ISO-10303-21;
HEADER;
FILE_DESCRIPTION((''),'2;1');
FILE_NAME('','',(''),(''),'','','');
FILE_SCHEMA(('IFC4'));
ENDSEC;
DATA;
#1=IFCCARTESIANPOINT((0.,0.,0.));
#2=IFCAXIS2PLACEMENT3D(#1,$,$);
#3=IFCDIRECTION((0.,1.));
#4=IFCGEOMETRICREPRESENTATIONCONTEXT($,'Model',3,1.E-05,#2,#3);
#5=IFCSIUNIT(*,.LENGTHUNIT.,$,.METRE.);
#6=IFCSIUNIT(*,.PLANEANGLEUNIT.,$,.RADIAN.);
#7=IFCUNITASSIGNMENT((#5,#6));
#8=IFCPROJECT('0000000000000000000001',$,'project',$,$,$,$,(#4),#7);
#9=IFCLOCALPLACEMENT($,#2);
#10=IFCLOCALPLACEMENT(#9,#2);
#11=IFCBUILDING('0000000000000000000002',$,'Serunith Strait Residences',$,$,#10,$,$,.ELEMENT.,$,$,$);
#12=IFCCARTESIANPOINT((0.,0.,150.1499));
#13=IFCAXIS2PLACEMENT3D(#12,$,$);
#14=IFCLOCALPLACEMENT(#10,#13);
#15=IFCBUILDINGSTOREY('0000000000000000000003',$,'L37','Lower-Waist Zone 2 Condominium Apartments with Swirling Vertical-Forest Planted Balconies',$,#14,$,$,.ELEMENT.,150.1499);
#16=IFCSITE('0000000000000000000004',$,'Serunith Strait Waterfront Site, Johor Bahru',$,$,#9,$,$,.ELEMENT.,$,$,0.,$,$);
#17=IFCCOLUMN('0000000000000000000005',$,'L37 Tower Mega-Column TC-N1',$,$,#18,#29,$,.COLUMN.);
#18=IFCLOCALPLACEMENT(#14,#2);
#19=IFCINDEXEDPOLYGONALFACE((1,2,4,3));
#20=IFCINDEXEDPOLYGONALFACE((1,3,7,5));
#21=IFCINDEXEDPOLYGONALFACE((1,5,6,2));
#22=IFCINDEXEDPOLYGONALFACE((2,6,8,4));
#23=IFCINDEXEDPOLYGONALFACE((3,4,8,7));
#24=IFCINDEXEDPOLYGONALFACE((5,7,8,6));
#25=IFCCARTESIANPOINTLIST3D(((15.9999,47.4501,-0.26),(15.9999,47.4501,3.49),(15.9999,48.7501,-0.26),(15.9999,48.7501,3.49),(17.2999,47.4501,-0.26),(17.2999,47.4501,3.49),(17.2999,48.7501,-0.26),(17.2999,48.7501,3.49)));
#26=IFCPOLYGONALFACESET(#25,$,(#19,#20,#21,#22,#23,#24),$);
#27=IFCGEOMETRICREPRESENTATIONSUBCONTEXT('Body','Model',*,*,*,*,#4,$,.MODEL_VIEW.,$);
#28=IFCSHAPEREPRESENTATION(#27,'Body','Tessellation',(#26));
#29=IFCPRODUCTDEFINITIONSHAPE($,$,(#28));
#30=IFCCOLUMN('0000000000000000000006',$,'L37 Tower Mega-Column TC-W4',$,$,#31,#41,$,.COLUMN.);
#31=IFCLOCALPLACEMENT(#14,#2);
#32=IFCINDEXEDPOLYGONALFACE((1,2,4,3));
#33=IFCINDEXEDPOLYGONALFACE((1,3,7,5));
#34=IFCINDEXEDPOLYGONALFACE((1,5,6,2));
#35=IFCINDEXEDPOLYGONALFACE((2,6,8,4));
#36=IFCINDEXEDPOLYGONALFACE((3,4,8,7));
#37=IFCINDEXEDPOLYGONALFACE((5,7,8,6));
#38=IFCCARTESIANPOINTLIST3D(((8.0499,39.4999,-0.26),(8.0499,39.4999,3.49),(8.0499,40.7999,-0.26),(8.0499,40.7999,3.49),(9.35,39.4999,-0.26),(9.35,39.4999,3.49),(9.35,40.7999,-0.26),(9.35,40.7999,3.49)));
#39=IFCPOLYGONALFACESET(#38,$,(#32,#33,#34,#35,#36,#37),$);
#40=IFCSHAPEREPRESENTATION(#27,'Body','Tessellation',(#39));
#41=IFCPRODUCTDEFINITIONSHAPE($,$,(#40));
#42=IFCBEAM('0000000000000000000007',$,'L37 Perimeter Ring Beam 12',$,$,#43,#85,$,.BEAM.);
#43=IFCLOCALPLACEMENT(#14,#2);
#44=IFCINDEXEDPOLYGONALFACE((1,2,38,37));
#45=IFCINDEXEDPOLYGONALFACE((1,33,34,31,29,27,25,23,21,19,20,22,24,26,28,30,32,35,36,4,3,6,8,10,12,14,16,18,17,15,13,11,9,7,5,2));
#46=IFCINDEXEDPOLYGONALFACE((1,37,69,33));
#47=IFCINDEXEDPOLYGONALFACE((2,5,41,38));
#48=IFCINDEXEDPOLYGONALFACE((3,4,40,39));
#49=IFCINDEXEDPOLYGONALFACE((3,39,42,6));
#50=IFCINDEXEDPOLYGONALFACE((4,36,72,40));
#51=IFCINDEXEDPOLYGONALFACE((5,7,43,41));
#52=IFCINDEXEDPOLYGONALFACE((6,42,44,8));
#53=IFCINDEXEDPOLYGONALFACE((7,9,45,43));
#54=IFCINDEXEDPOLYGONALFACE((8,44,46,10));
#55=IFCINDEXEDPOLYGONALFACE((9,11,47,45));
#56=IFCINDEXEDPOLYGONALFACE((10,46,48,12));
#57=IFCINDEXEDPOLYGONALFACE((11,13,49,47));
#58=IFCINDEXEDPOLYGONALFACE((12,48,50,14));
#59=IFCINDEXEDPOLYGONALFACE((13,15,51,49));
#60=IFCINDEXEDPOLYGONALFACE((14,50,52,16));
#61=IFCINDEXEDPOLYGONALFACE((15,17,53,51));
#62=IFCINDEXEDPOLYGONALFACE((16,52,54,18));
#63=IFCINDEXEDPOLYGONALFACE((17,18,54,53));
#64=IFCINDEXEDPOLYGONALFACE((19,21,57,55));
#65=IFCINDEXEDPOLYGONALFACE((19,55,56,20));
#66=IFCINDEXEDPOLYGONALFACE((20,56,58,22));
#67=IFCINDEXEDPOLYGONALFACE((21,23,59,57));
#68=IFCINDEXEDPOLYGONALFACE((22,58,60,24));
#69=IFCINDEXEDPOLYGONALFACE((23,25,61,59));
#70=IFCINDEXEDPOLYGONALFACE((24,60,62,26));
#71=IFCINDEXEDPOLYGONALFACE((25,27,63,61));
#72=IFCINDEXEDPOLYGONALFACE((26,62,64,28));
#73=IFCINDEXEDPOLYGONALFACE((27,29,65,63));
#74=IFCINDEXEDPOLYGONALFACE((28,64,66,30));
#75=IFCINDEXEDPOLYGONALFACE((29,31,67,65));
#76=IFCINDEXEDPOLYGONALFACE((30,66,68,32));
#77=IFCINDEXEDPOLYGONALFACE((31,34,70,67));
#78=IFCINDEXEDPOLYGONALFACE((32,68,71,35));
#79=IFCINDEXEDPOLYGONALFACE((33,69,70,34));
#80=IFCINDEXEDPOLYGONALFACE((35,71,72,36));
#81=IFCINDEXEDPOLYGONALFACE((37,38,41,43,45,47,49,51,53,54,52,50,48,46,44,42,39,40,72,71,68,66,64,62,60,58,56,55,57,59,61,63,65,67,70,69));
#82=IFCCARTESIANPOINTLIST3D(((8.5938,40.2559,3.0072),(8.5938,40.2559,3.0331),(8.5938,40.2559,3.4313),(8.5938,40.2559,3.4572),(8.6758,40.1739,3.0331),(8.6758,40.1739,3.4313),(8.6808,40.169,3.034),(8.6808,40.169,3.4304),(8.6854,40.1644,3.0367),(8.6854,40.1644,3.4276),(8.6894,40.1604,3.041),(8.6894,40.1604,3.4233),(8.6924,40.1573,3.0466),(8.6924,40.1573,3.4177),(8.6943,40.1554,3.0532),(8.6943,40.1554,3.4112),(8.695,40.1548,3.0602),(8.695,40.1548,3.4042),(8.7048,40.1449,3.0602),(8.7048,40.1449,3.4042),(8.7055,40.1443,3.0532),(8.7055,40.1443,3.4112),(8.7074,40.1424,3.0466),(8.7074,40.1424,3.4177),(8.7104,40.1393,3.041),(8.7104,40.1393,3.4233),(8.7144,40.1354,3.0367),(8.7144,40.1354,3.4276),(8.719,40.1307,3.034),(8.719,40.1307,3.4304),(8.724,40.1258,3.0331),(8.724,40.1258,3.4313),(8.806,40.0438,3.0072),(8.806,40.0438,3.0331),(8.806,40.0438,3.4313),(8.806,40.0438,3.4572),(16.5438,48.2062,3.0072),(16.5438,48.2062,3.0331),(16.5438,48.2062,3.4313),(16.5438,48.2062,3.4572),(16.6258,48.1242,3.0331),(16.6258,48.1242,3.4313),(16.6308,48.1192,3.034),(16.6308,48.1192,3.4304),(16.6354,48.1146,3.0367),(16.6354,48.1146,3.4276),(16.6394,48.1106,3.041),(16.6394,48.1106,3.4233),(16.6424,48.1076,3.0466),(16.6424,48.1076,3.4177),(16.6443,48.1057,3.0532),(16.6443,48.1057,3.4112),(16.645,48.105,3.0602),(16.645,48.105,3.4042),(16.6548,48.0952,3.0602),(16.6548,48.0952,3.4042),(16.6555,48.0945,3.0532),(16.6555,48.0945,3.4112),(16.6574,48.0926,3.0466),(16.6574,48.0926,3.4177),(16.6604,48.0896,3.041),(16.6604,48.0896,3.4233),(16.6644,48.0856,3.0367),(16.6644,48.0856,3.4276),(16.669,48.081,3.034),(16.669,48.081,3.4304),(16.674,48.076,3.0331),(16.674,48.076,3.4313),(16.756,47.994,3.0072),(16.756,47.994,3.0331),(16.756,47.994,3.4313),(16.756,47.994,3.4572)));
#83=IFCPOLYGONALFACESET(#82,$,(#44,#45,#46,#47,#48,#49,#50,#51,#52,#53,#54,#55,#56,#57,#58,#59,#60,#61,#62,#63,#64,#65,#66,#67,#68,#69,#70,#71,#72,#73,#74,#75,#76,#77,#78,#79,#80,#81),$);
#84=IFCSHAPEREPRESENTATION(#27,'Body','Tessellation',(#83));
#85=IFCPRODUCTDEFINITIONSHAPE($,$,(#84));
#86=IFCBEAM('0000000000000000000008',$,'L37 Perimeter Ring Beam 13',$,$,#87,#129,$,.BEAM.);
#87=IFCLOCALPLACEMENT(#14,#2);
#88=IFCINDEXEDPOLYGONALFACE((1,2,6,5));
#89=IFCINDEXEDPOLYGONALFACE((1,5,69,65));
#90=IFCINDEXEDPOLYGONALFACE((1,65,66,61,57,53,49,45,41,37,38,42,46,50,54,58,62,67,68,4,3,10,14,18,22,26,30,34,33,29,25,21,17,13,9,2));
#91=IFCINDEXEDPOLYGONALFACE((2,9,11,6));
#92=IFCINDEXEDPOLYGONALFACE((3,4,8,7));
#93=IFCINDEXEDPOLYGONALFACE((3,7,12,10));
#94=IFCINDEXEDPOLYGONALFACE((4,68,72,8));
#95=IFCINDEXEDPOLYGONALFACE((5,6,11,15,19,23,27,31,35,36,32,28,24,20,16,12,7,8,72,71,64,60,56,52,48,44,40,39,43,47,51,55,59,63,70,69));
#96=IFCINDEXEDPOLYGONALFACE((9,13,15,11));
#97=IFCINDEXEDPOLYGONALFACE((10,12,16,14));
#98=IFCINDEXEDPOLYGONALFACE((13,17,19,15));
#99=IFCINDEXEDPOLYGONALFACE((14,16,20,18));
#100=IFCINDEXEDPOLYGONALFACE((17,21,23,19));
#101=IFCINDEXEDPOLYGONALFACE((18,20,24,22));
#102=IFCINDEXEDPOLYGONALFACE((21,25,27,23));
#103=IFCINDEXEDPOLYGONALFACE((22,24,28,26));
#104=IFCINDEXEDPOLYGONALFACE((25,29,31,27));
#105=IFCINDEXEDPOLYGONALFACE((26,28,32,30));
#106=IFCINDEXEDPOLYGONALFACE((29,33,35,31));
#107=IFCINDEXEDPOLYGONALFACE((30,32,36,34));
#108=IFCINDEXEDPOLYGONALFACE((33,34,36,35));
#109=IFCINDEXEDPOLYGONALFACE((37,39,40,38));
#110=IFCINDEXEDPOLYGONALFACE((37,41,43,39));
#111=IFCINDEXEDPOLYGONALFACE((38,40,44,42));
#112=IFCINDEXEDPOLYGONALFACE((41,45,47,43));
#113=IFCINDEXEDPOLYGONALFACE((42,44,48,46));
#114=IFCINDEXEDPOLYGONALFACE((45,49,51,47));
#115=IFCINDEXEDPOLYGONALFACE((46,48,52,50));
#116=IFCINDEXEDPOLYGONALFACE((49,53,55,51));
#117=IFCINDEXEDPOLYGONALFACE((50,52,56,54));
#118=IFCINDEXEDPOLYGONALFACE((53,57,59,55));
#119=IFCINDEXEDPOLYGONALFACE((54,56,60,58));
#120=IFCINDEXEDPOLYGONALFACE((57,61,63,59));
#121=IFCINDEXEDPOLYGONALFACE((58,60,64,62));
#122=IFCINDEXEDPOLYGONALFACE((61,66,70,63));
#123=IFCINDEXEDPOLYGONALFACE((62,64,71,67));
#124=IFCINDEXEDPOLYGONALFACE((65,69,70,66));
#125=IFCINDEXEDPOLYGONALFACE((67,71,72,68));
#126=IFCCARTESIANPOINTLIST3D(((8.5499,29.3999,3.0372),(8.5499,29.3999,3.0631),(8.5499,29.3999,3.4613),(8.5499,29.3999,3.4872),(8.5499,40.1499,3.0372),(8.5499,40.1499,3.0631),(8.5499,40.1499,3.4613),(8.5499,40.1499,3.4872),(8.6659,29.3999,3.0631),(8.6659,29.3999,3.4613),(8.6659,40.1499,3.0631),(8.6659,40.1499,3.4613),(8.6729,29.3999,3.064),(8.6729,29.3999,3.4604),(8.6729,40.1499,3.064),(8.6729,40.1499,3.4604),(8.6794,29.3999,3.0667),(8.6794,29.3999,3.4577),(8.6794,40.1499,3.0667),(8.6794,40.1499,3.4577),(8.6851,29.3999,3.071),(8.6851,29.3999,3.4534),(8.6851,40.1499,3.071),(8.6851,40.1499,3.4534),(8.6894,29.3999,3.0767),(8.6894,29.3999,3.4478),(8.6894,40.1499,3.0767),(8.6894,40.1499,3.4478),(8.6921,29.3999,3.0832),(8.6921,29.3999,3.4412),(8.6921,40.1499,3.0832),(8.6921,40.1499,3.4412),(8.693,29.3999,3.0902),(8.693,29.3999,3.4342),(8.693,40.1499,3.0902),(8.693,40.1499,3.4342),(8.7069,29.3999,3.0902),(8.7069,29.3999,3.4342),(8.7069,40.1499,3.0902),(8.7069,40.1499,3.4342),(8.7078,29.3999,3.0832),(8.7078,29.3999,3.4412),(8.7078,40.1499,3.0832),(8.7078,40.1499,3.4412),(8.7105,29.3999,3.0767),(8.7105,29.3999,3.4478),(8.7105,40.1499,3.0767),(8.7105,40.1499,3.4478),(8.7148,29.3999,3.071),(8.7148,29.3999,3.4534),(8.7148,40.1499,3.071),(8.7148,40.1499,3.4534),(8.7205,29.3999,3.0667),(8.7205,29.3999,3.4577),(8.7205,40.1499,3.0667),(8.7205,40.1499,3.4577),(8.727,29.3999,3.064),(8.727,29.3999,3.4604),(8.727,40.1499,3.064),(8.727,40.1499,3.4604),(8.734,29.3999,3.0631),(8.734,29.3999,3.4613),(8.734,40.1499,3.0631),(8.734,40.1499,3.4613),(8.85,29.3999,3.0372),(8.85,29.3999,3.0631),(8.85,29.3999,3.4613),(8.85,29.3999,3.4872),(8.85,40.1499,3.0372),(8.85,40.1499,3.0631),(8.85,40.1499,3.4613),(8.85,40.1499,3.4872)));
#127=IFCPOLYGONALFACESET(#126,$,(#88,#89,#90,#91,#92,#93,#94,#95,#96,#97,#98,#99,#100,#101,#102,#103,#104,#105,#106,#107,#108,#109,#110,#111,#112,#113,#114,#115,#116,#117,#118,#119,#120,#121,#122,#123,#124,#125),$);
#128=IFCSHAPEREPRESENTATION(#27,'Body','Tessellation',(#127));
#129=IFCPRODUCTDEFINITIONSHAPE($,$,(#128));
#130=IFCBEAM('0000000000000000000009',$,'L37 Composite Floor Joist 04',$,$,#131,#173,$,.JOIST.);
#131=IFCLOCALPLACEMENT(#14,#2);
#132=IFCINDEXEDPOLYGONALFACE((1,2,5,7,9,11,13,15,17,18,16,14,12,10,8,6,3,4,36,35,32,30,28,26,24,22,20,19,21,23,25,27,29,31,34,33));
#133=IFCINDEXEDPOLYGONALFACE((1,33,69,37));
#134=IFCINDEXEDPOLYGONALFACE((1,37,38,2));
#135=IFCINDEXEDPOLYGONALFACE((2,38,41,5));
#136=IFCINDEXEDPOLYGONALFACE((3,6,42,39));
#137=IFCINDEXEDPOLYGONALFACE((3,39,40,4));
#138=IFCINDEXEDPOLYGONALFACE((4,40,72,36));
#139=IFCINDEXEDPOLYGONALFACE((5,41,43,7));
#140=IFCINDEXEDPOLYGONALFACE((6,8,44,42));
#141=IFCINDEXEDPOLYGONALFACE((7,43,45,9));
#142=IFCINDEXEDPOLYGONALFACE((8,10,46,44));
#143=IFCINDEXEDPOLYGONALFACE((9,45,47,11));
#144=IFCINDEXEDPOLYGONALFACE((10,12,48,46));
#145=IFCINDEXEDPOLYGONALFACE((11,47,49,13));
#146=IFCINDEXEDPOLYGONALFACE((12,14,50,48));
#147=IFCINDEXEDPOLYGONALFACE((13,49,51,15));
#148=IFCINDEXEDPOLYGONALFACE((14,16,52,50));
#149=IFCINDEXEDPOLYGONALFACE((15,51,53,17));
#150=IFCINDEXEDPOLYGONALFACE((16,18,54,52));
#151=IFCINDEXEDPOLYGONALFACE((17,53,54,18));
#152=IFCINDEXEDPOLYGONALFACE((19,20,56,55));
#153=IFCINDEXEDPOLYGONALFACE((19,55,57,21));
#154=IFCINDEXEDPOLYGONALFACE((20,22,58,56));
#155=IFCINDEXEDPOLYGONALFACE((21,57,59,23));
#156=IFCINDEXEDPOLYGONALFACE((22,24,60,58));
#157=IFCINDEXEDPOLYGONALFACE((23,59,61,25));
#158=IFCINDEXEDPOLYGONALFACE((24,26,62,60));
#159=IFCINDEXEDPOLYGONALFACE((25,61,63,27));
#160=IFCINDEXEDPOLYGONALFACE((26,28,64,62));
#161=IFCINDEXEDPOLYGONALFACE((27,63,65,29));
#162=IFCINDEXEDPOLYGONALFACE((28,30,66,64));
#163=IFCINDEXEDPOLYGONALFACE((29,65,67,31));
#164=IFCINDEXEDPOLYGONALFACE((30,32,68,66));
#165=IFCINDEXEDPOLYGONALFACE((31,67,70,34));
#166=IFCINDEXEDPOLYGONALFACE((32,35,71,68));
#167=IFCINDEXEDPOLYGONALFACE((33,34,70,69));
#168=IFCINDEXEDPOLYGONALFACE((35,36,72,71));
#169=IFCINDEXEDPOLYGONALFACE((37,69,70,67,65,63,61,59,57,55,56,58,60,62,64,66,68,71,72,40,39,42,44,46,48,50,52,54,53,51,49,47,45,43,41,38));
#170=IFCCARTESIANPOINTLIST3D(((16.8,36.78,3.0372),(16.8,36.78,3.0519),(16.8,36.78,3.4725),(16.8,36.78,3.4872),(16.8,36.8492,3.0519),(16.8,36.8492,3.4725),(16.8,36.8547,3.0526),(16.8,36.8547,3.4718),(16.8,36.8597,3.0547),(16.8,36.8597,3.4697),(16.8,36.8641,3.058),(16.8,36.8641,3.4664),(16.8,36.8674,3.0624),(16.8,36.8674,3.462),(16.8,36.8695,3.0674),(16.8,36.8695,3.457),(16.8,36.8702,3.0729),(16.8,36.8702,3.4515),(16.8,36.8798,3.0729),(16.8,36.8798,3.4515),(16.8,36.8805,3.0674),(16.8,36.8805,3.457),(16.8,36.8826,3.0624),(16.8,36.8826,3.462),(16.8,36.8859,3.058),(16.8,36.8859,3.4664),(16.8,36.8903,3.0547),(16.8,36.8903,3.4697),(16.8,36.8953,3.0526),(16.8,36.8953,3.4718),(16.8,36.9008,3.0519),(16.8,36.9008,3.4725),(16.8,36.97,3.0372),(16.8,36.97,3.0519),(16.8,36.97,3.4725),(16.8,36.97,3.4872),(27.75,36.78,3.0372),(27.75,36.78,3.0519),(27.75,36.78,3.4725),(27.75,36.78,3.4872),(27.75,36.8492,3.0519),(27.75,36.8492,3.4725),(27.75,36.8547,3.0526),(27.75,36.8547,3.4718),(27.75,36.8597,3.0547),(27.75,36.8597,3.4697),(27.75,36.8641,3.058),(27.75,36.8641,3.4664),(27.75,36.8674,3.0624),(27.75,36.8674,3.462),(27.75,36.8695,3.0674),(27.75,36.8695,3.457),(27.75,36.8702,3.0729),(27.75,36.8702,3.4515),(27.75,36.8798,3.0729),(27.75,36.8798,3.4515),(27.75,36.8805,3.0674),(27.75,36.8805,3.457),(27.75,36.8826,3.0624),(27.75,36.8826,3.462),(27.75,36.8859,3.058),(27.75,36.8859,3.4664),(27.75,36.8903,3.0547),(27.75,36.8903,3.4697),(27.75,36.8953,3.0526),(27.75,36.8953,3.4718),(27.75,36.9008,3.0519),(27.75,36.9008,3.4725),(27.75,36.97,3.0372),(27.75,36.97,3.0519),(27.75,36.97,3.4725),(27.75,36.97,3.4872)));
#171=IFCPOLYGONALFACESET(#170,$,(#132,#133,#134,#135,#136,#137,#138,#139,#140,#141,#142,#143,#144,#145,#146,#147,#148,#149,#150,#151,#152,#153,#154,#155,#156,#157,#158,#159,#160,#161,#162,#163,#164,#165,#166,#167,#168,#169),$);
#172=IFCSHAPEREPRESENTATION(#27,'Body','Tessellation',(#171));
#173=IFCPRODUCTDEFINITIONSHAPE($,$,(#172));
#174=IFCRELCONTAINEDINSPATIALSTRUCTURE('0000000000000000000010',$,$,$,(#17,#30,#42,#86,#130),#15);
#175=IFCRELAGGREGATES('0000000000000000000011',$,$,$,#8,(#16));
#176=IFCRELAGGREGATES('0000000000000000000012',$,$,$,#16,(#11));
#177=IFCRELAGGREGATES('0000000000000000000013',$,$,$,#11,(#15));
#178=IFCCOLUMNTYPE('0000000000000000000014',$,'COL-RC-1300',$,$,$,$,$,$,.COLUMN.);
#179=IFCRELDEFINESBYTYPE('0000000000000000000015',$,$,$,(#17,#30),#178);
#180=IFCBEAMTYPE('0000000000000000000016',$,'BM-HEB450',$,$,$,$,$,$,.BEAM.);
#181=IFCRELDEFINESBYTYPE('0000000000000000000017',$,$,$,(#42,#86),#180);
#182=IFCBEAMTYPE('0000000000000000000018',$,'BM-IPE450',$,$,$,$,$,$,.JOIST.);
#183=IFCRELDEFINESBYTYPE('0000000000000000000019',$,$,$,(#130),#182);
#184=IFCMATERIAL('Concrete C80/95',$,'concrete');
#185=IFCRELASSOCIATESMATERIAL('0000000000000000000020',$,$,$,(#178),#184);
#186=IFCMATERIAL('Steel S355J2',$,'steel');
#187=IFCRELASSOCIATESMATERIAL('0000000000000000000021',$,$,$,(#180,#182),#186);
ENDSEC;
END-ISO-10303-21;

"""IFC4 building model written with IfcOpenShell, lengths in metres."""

from ifc_helpers import new_model, si_unit, direction, frame, origin, origin_2d, place, context, subcontext, project, spatial, rectangle, i_section, extrude, source, transform, mapped, material, material_profile, profile_set, type_object, element, save


model = new_model("IFC4")

# Units and contexts
model_context = context("Model", 3, precision=1e-05, world=origin(), true_north=direction((0.0, 1.0)))
body_context = subcontext(model_context, "Body", "Model", "MODEL_VIEW")
ifc_project = project(units=[si_unit("LENGTHUNIT", "METRE"), si_unit("PLANEANGLEUNIT", "RADIAN")], contexts=[model_context])

# Site, building, storey
site_placement = place(None, origin())
site = spatial("IfcSite", under=ifc_project, at=site_placement, Name="Serunith Strait Waterfront Site, Johor Bahru", CompositionType="ELEMENT", RefElevation=0.0)
building_placement = place(site_placement, origin())
building = spatial("IfcBuilding", under=site, at=building_placement, Name="Serunith Strait Residences", CompositionType="ELEMENT")
storey_placement = place(building_placement, frame((0.0, 0.0, 150.1499)))
storey = spatial("IfcBuildingStorey", under=building, at=storey_placement, Name="L37", Description="Lower-Waist Zone 2 Condominium Apartments with Swirling Vertical-Forest Planted Balconies", CompositionType="ELEMENT", Elevation=150.1499)

# Columns
ifc_material_1 = material(Name="Concrete C80/95", Category="concrete")
ifc_material_profile_1 = material_profile(ifc_material_1, rectangle(XDim=1.3, YDim=1.3, at=origin_2d()), Name="RC 1300x1300")
ifc_profile_set_1 = profile_set([ifc_material_profile_1], Name="Concrete C80/95")
column_type = type_object("IfcColumnType", Name="COL-RC-1300", PredefinedType="COLUMN", material=ifc_profile_set_1)
shared_shape_1 = source(origin(), body_context, "Body", "SweptSolid", [
    extrude(rectangle(XDim=1.3, YDim=1.3, at=origin_2d()), origin(), (0.0, 0.0, 1.0), 3.75),
])
for number, where, z_axis, x_axis, name in (
    (1, (16.6499, 48.1001, -0.26), (0.0, 0.0, 1.0), (1.0, 0.0, 0.0), "L37 Tower Mega-Column TC-N1"),
    (2, (8.7, 40.1499, -0.26), (0.0, 0.0, 1.0), (1.0, 0.0, 0.0), "L37 Tower Mega-Column TC-W4"),
):
    element("IfcColumn", number, at=place(storey_placement, frame(where, z_axis=z_axis, x_axis=x_axis)), inside=storey, type_object=column_type, Name=name, PredefinedType="COLUMN", context=body_context, shape_type="MappedRepresentation", body=[
        mapped(shared_shape_1, transform((0.0, 0.0, 0.0), scale=1.0)),
    ])

# Beams
ifc_material_2 = material(Name="Steel S355J2", Category="steel")
ifc_material_profile_2 = material_profile(ifc_material_2, i_section(OverallWidth=0.3, OverallDepth=0.45, WebThickness=0.0139, FlangeThickness=0.0259, FilletRadius=0.0271, at=origin_2d()), Name="HEB 450")
ifc_profile_set_2 = profile_set([ifc_material_profile_2], Name="Steel S355J2")
beam_type_1 = type_object("IfcBeamType", Name="BM-HEB450", PredefinedType="BEAM", material=ifc_profile_set_2)
shared_shape_2 = source(origin(), body_context, "Body", "SweptSolid", [
    extrude(i_section(OverallWidth=0.3, OverallDepth=0.45, WebThickness=0.0139, FlangeThickness=0.0259, FilletRadius=0.0271, at=origin_2d()), origin(), (0.0, 0.0, 1.0), 11.2432),
])
beam_1_placement = place(storey_placement, frame((16.6499, 48.1001, 3.2322), z_axis=(-0.707096, -0.707118, 0.0), x_axis=(0.707118, -0.707096, 0.0)))
element("IfcBeam", 3, at=beam_1_placement, inside=storey, type_object=beam_type_1, Name="L37 Perimeter Ring Beam 12", PredefinedType="BEAM", context=body_context, shape_type="MappedRepresentation", body=[
    mapped(shared_shape_2, transform((0.0, 0.0, 0.0), scale=1.0)),
])
shared_shape_3 = source(origin(), body_context, "Body", "SweptSolid", [
    extrude(i_section(OverallWidth=0.3, OverallDepth=0.45, WebThickness=0.0139, FlangeThickness=0.0259, FilletRadius=0.0271, at=origin_2d()), origin(), (0.0, 0.0, 1.0), 10.75),
])
beam_2_placement = place(storey_placement, frame((8.7, 40.1499, 3.2622), z_axis=(0.0, -1.0, 0.0), x_axis=(1.0, 0.0, 0.0)))
element("IfcBeam", 4, at=beam_2_placement, inside=storey, type_object=beam_type_1, Name="L37 Perimeter Ring Beam 13", PredefinedType="BEAM", context=body_context, shape_type="MappedRepresentation", body=[
    mapped(shared_shape_3, transform((0.0, 0.0, 0.0), scale=1.0)),
])
ifc_material_profile_3 = material_profile(ifc_material_2, i_section(OverallWidth=0.1899, OverallDepth=0.45, WebThickness=0.0095, FlangeThickness=0.0146, FilletRadius=0.021, at=origin_2d()), Name="IPE 450")
ifc_profile_set_3 = profile_set([ifc_material_profile_3], Name="Steel S355J2")
beam_type_2 = type_object("IfcBeamType", Name="BM-IPE450", PredefinedType="JOIST", material=ifc_profile_set_3)
shared_shape_4 = source(origin(), body_context, "Body", "SweptSolid", [
    extrude(i_section(OverallWidth=0.1899, OverallDepth=0.45, WebThickness=0.0095, FlangeThickness=0.0146, FilletRadius=0.021, at=origin_2d()), origin(), (0.0, 0.0, 1.0), 10.95),
])
beam_3_placement = place(storey_placement, frame((16.8, 36.875, 3.2622), z_axis=(1.0, 0.0, 0.0), x_axis=(0.0, 1.0, 0.0)))
element("IfcBeam", 5, at=beam_3_placement, inside=storey, type_object=beam_type_2, Name="L37 Composite Floor Joist 04", PredefinedType="JOIST", context=body_context, shape_type="MappedRepresentation", body=[
    mapped(shared_shape_4, transform((0.0, 0.0, 0.0), scale=1.0)),
])

save(model, "model.ifc")
